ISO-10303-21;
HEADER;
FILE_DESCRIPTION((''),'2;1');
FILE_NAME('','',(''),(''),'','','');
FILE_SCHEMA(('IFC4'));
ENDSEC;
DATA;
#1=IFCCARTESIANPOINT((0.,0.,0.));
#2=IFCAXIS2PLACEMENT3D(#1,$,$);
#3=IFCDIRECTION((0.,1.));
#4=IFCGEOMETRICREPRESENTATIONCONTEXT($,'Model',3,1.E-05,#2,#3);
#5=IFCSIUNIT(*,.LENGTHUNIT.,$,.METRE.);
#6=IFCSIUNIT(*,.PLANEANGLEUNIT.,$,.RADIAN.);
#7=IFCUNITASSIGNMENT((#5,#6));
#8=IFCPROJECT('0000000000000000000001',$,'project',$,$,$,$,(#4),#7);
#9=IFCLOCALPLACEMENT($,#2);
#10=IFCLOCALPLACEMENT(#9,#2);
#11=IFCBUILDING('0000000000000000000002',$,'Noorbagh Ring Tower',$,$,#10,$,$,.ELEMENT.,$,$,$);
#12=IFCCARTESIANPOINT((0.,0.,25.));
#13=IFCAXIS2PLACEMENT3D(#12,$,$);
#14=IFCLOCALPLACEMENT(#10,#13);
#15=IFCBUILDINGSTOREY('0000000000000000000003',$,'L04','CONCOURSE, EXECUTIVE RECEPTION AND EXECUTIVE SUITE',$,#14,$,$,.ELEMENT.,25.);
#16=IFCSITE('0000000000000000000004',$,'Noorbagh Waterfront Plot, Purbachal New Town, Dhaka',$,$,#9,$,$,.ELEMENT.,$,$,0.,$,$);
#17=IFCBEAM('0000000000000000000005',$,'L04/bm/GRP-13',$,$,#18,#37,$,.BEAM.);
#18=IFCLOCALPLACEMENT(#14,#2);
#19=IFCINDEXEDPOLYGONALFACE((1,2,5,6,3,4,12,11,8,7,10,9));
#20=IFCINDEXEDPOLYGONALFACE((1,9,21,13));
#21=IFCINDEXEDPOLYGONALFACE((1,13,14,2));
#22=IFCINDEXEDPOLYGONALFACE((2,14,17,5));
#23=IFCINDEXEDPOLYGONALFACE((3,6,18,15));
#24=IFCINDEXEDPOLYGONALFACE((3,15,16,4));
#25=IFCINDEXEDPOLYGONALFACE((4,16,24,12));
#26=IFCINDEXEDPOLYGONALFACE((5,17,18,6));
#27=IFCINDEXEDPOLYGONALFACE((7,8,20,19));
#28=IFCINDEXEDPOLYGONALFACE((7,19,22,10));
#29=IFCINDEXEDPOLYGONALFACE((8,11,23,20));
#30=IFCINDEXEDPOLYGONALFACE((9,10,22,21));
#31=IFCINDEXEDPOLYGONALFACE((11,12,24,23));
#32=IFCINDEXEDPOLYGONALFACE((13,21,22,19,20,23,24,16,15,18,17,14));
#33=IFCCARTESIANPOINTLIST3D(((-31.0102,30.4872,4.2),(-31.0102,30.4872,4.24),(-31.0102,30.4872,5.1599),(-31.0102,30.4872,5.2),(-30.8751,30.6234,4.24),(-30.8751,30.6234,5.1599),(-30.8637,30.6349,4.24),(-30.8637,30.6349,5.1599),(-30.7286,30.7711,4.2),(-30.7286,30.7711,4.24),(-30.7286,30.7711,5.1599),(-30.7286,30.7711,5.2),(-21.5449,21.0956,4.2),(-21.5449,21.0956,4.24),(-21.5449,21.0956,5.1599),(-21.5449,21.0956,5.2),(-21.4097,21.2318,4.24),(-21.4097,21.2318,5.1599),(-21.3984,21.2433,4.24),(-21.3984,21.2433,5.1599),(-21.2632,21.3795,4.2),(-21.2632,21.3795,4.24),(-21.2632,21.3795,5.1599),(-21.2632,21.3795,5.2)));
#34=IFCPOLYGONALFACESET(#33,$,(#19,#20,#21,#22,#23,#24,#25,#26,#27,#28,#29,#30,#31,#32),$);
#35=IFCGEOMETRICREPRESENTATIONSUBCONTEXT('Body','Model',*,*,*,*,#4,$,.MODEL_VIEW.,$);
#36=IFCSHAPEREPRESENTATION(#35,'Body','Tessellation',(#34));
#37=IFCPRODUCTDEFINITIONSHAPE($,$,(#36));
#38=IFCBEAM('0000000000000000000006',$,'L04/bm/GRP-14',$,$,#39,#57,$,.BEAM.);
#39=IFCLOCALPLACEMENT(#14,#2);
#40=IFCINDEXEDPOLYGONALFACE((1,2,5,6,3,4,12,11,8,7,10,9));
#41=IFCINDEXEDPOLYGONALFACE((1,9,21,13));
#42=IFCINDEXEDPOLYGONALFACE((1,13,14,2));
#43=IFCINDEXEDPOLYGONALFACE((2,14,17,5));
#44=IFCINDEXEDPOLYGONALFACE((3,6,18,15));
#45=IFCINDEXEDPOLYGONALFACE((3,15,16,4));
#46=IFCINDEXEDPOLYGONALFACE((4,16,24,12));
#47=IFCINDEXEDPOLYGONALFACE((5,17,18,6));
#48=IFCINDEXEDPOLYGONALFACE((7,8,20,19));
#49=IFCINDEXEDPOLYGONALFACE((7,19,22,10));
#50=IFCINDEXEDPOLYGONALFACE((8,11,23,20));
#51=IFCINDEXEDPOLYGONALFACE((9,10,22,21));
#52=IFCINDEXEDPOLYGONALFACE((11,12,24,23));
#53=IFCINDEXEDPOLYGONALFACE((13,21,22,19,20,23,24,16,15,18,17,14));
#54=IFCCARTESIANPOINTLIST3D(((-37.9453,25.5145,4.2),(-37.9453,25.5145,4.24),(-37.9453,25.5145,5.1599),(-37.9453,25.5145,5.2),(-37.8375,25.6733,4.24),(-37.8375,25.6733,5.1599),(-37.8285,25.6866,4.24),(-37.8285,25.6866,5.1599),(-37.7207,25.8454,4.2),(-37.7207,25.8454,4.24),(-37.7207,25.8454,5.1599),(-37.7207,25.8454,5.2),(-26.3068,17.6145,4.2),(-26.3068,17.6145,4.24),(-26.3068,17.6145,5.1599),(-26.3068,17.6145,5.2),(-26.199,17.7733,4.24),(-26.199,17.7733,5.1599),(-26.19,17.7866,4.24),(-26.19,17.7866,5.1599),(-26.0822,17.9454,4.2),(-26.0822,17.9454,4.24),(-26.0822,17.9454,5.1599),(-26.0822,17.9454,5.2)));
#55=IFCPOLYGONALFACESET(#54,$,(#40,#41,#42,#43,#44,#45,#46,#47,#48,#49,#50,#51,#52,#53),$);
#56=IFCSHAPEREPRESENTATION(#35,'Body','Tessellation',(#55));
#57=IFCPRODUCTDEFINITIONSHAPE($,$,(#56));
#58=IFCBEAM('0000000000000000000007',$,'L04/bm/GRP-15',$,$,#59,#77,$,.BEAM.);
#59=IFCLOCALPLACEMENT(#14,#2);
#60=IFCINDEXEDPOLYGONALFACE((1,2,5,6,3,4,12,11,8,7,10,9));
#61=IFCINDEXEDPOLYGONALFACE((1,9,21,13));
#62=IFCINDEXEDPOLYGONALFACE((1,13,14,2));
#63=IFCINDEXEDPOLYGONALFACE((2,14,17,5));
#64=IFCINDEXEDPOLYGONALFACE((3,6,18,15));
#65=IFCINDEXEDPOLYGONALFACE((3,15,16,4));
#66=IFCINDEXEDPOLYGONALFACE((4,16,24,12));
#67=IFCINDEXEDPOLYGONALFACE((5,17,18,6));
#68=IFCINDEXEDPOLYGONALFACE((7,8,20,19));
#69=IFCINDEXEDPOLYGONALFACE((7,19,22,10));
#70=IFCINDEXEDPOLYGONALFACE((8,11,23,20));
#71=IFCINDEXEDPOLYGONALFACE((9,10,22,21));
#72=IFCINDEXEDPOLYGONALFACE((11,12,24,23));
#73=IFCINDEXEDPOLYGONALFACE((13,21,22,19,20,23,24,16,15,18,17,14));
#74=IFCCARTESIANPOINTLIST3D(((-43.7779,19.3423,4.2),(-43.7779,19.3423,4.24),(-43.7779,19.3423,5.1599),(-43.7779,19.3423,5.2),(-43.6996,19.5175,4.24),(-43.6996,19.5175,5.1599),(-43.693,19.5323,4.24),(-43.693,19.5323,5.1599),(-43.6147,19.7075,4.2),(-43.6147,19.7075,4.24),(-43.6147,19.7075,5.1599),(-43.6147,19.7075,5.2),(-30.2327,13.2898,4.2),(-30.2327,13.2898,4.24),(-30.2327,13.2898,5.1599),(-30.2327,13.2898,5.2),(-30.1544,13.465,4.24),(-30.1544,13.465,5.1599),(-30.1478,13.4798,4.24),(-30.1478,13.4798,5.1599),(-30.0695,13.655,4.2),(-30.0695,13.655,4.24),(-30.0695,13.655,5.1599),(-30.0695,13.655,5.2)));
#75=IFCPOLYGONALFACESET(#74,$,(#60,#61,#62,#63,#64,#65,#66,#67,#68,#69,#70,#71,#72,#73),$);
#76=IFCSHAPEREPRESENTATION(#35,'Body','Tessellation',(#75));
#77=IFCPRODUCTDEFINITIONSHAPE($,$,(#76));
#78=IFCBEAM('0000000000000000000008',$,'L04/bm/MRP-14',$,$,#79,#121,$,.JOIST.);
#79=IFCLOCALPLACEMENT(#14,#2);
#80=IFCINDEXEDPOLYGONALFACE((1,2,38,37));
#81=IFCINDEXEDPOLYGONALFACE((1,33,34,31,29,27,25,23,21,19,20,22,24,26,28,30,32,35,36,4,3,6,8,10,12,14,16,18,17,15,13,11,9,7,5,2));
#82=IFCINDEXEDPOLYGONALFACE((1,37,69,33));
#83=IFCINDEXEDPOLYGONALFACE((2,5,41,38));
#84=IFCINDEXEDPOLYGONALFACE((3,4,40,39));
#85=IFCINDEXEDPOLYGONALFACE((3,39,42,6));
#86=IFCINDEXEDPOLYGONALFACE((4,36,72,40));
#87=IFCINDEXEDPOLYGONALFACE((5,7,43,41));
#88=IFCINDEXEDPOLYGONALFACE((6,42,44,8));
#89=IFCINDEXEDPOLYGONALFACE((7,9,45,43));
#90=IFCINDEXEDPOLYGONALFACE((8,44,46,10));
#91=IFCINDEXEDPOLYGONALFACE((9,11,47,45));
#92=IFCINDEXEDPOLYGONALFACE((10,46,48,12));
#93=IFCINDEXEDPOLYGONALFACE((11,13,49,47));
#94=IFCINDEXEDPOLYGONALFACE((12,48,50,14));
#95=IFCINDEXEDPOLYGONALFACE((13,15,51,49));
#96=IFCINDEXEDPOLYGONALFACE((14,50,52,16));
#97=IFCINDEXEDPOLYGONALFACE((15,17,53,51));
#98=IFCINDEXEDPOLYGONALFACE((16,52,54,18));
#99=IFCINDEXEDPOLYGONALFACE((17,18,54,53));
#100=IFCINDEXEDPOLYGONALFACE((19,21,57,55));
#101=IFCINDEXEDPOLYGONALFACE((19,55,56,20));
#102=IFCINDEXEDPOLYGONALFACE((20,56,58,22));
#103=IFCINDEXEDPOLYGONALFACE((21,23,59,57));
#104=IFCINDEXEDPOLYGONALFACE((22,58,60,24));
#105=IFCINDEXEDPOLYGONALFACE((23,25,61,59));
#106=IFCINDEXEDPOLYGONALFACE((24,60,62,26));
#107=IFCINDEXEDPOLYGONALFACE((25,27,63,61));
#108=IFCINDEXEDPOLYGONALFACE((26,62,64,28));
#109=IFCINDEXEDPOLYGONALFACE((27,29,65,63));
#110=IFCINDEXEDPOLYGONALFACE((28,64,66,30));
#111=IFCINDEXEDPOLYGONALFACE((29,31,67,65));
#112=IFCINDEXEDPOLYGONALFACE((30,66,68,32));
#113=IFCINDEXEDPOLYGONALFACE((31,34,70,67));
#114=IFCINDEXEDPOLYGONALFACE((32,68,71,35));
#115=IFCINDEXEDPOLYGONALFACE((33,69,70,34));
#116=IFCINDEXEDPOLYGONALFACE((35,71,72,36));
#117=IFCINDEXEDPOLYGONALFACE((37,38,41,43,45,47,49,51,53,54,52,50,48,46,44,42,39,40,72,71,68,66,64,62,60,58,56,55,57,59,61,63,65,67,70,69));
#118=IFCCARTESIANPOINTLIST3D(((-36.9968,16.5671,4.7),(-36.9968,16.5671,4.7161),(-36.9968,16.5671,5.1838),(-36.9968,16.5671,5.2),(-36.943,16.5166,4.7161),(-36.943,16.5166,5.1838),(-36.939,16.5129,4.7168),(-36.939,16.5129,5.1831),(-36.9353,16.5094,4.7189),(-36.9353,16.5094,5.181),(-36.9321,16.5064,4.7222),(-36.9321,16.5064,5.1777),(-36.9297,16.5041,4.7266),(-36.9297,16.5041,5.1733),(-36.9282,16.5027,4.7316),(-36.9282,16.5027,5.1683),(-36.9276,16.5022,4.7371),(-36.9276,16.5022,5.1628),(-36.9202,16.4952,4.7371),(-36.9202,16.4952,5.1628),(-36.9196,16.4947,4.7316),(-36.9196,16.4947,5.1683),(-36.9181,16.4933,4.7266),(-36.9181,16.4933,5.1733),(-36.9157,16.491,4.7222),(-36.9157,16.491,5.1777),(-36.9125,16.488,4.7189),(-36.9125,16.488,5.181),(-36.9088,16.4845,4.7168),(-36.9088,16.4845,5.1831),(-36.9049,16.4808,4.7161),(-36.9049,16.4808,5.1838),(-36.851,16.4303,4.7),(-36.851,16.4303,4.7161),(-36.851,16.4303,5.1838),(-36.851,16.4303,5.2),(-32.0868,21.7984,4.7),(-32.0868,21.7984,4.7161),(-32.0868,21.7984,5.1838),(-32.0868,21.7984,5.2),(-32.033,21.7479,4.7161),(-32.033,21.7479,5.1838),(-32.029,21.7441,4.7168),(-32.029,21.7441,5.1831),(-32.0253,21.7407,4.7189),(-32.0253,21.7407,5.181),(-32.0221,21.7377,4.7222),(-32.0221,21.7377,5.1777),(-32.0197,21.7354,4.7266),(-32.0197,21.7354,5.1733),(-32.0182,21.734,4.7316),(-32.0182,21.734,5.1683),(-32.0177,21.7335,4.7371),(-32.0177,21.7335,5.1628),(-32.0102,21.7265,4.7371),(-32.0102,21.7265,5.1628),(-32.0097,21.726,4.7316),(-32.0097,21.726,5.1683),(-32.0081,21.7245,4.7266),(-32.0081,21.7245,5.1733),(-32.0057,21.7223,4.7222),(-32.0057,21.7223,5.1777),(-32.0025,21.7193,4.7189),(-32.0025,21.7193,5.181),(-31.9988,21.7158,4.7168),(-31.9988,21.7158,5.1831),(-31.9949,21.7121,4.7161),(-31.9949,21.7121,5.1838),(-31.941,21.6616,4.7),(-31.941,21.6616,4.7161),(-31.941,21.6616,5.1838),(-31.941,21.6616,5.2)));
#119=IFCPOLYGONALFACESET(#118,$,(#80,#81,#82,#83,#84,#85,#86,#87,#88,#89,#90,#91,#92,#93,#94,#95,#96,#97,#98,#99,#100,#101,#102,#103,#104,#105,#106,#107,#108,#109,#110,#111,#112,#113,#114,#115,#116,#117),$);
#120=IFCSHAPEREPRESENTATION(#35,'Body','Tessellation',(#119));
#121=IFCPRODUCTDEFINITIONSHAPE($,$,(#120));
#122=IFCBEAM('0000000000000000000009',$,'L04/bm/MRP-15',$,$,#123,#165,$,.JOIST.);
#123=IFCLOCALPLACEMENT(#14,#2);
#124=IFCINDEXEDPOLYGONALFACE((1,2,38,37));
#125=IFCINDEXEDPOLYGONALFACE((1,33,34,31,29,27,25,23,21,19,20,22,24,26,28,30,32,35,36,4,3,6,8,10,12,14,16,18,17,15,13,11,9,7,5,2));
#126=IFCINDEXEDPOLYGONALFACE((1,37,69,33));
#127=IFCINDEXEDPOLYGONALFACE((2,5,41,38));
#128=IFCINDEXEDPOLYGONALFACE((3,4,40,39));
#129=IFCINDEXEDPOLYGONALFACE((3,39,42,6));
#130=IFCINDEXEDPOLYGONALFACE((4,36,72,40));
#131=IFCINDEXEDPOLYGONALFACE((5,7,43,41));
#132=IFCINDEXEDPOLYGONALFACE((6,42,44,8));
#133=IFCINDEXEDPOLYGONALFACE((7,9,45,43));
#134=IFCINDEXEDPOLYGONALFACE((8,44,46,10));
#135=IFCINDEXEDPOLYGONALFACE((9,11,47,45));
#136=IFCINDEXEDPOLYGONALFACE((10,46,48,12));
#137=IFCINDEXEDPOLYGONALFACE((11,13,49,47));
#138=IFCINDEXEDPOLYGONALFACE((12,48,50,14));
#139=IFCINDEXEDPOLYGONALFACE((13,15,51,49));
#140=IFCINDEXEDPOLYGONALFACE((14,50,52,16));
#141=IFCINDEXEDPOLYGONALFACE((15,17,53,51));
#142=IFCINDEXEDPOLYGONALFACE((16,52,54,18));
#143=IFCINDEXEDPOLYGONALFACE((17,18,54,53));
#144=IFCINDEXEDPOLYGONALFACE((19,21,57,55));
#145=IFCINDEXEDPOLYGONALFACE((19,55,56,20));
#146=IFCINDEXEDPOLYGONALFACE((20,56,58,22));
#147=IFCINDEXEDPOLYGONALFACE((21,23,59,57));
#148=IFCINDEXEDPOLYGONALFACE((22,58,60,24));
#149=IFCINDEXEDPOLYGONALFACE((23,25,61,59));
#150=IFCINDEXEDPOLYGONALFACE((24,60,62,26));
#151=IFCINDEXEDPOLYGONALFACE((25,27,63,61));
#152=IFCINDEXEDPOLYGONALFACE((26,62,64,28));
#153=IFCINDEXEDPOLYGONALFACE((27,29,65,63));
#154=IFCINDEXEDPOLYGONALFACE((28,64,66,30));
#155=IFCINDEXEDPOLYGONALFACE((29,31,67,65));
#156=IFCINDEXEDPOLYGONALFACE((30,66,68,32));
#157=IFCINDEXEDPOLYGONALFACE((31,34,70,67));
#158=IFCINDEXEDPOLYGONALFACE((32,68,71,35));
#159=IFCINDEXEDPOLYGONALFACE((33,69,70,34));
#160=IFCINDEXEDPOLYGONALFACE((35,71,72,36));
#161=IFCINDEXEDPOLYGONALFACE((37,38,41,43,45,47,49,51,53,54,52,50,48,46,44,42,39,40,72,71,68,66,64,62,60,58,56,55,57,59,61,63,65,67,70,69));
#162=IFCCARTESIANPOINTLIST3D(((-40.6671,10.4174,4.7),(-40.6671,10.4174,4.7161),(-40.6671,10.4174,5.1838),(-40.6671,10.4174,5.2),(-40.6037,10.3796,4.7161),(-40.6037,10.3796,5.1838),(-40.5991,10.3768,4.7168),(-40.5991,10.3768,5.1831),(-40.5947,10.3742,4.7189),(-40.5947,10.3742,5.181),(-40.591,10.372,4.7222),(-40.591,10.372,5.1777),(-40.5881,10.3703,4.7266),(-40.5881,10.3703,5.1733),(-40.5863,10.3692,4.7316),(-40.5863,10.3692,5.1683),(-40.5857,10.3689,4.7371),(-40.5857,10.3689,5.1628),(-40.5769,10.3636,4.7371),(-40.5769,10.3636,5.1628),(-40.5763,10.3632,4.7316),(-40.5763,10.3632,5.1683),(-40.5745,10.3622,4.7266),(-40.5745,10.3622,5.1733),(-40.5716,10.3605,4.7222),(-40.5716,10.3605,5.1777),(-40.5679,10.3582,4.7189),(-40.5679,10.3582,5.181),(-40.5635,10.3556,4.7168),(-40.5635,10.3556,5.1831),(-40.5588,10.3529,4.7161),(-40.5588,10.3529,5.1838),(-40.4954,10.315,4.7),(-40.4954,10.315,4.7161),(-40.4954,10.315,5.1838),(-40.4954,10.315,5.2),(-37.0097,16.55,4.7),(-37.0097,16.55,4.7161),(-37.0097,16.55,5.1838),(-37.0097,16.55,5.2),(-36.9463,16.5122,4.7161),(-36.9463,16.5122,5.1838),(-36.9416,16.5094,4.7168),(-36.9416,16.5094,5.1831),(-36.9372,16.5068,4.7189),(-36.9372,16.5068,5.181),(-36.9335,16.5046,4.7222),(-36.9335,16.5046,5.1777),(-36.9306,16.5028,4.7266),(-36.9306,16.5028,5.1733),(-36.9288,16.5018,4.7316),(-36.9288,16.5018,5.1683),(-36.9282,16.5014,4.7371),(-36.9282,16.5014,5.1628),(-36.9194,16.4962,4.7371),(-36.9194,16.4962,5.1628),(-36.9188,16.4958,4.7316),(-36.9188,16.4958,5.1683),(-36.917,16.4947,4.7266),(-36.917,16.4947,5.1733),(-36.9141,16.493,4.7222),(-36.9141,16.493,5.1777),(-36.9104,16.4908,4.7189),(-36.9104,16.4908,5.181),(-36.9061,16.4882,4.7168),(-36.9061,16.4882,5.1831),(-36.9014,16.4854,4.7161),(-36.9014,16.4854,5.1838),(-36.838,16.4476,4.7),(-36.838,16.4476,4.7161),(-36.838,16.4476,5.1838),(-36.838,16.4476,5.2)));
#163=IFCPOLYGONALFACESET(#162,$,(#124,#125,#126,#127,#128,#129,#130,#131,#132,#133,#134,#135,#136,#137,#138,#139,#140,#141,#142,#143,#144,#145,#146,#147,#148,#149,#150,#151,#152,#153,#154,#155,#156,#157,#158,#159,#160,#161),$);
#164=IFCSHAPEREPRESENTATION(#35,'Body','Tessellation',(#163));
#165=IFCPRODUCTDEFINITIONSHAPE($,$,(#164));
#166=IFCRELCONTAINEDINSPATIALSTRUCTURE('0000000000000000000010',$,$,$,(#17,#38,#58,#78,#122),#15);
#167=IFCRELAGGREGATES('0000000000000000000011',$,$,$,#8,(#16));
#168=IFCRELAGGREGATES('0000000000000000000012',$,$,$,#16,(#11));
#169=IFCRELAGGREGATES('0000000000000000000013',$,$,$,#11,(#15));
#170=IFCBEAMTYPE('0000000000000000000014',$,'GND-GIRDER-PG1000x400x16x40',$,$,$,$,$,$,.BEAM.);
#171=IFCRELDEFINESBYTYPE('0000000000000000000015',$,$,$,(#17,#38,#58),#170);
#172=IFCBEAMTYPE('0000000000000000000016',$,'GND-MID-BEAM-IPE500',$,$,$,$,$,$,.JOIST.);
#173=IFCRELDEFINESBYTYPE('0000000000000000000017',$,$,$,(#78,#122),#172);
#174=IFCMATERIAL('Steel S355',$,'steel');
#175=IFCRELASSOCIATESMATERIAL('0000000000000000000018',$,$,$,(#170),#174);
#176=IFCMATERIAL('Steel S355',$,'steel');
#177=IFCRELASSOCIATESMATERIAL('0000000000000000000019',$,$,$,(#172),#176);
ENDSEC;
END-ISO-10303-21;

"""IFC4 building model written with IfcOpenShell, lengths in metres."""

from ifc_helpers import new_model, si_unit, direction, frame, origin, origin_2d, place, context, subcontext, project, spatial, i_section, extrude, material, material_profile, profile_set, type_object, element, save


model = new_model("IFC4")

# Units and contexts
model_context = context("Model", 3, precision=1e-05, world=origin(), true_north=direction((0.0, 1.0)))
body_context = subcontext(model_context, "Body", "Model", "MODEL_VIEW")
ifc_project = project(units=[si_unit("LENGTHUNIT", "METRE"), si_unit("PLANEANGLEUNIT", "RADIAN")], contexts=[model_context])

# Site, building, storey
site_placement = place(None, origin())
site = spatial("IfcSite", under=ifc_project, at=site_placement, Name="Noorbagh Waterfront Plot, Purbachal New Town, Dhaka", CompositionType="ELEMENT", RefElevation=0.0)
building_placement = place(site_placement, origin())
building = spatial("IfcBuilding", under=site, at=building_placement, Name="Noorbagh Ring Tower", CompositionType="ELEMENT")
storey_placement = place(building_placement, frame((0.0, 0.0, 25.0)))
storey = spatial("IfcBuildingStorey", under=building, at=storey_placement, Name="L04", Description="CONCOURSE, EXECUTIVE RECEPTION AND EXECUTIVE SUITE", CompositionType="ELEMENT", Elevation=25.0)

# Beams
ifc_material_1 = material(Name="Steel S355", Category="steel")
ifc_material_profile_1 = material_profile(ifc_material_1, i_section(OverallWidth=0.3999, OverallDepth=1.0, WebThickness=0.0161, FlangeThickness=0.04, at=origin_2d()), Name="PG1000x400x16x40")
ifc_profile_set_1 = profile_set([ifc_material_profile_1], Name="Steel S355")
beam_type_1 = type_object("IfcBeamType", Name="GND-GIRDER-PG1000x400x16x40", PredefinedType="BEAM", material=ifc_profile_set_1)
beam_1_placement = place(storey_placement, frame((-30.8694, 30.6292, 4.7), z_axis=(0.709866, -0.704337, 0.0), x_axis=(0.704337, 0.709866, 0.0)))
element("IfcBeam", 1, at=beam_1_placement, inside=storey, type_object=beam_type_1, Name="L04/bm/GRP-13", PredefinedType="BEAM", context=body_context, shape_type="SweptSolid", body=[
    extrude(i_section(OverallWidth=0.3999, OverallDepth=1.0, WebThickness=0.0161, FlangeThickness=0.04, at=origin_2d()), origin(), (0.0, 0.0, 1.0), 13.334),
])
beam_2_placement = place(storey_placement, frame((-37.833, 25.6799, 4.7), z_axis=(0.827397, -0.561618, 0.0), x_axis=(0.561618, 0.827397, 0.0)))
element("IfcBeam", 2, at=beam_2_placement, inside=storey, type_object=beam_type_1, Name="L04/bm/GRP-14", PredefinedType="BEAM", context=body_context, shape_type="SweptSolid", body=[
    extrude(i_section(OverallWidth=0.3999, OverallDepth=1.0, WebThickness=0.0161, FlangeThickness=0.04, at=origin_2d()), origin(), (0.0, 0.0, 1.0), 14.0664),
])
beam_3_placement = place(storey_placement, frame((-43.6963, 19.5249, 4.7), z_axis=(0.912999, -0.407962, 0.0), x_axis=(0.407962, 0.912999, 0.0)))
element("IfcBeam", 3, at=beam_3_placement, inside=storey, type_object=beam_type_1, Name="L04/bm/GRP-15", PredefinedType="BEAM", context=body_context, shape_type="SweptSolid", body=[
    extrude(i_section(OverallWidth=0.3999, OverallDepth=1.0, WebThickness=0.0161, FlangeThickness=0.04, at=origin_2d()), origin(), (0.0, 0.0, 1.0), 14.8359),
])
ifc_material_2 = material(Name="Steel S355", Category="steel")
ifc_material_profile_2 = material_profile(ifc_material_2, i_section(OverallWidth=0.2, OverallDepth=0.5, WebThickness=0.0103, FlangeThickness=0.0161, FilletRadius=0.021, at=origin_2d()), Name="IPE500")
ifc_profile_set_2 = profile_set([ifc_material_profile_2], Name="Steel S355")
beam_type_2 = type_object("IfcBeamType", Name="GND-MID-BEAM-IPE500", PredefinedType="JOIST", material=ifc_profile_set_2)
beam_4_placement = place(storey_placement, frame((-32.0139, 21.73, 4.95), z_axis=(-0.684361, -0.729143, 0.0), x_axis=(0.729143, -0.684361, 0.0)))
element("IfcBeam", 4, at=beam_4_placement, inside=storey, type_object=beam_type_2, Name="L04/bm/MRP-14", PredefinedType="JOIST", context=body_context, shape_type="SweptSolid", body=[
    extrude(i_section(OverallWidth=0.2, OverallDepth=0.5, WebThickness=0.0103, FlangeThickness=0.0161, FilletRadius=0.021, at=origin_2d()), origin(), (0.0, 0.0, 1.0), 7.1746),
])
beam_5_placement = place(storey_placement, frame((-36.9238, 16.4988, 4.95), z_axis=(-0.512221, -0.858854, 0.0), x_axis=(0.858854, -0.512221, 0.0)))
element("IfcBeam", 5, at=beam_5_placement, inside=storey, type_object=beam_type_2, Name="L04/bm/MRP-15", PredefinedType="JOIST", context=body_context, shape_type="SweptSolid", body=[
    extrude(i_section(OverallWidth=0.2, OverallDepth=0.5, WebThickness=0.0103, FlangeThickness=0.0161, FilletRadius=0.021, at=origin_2d()), origin(), (0.0, 0.0, 1.0), 7.1404),
])

save(model, "model.ifc")
